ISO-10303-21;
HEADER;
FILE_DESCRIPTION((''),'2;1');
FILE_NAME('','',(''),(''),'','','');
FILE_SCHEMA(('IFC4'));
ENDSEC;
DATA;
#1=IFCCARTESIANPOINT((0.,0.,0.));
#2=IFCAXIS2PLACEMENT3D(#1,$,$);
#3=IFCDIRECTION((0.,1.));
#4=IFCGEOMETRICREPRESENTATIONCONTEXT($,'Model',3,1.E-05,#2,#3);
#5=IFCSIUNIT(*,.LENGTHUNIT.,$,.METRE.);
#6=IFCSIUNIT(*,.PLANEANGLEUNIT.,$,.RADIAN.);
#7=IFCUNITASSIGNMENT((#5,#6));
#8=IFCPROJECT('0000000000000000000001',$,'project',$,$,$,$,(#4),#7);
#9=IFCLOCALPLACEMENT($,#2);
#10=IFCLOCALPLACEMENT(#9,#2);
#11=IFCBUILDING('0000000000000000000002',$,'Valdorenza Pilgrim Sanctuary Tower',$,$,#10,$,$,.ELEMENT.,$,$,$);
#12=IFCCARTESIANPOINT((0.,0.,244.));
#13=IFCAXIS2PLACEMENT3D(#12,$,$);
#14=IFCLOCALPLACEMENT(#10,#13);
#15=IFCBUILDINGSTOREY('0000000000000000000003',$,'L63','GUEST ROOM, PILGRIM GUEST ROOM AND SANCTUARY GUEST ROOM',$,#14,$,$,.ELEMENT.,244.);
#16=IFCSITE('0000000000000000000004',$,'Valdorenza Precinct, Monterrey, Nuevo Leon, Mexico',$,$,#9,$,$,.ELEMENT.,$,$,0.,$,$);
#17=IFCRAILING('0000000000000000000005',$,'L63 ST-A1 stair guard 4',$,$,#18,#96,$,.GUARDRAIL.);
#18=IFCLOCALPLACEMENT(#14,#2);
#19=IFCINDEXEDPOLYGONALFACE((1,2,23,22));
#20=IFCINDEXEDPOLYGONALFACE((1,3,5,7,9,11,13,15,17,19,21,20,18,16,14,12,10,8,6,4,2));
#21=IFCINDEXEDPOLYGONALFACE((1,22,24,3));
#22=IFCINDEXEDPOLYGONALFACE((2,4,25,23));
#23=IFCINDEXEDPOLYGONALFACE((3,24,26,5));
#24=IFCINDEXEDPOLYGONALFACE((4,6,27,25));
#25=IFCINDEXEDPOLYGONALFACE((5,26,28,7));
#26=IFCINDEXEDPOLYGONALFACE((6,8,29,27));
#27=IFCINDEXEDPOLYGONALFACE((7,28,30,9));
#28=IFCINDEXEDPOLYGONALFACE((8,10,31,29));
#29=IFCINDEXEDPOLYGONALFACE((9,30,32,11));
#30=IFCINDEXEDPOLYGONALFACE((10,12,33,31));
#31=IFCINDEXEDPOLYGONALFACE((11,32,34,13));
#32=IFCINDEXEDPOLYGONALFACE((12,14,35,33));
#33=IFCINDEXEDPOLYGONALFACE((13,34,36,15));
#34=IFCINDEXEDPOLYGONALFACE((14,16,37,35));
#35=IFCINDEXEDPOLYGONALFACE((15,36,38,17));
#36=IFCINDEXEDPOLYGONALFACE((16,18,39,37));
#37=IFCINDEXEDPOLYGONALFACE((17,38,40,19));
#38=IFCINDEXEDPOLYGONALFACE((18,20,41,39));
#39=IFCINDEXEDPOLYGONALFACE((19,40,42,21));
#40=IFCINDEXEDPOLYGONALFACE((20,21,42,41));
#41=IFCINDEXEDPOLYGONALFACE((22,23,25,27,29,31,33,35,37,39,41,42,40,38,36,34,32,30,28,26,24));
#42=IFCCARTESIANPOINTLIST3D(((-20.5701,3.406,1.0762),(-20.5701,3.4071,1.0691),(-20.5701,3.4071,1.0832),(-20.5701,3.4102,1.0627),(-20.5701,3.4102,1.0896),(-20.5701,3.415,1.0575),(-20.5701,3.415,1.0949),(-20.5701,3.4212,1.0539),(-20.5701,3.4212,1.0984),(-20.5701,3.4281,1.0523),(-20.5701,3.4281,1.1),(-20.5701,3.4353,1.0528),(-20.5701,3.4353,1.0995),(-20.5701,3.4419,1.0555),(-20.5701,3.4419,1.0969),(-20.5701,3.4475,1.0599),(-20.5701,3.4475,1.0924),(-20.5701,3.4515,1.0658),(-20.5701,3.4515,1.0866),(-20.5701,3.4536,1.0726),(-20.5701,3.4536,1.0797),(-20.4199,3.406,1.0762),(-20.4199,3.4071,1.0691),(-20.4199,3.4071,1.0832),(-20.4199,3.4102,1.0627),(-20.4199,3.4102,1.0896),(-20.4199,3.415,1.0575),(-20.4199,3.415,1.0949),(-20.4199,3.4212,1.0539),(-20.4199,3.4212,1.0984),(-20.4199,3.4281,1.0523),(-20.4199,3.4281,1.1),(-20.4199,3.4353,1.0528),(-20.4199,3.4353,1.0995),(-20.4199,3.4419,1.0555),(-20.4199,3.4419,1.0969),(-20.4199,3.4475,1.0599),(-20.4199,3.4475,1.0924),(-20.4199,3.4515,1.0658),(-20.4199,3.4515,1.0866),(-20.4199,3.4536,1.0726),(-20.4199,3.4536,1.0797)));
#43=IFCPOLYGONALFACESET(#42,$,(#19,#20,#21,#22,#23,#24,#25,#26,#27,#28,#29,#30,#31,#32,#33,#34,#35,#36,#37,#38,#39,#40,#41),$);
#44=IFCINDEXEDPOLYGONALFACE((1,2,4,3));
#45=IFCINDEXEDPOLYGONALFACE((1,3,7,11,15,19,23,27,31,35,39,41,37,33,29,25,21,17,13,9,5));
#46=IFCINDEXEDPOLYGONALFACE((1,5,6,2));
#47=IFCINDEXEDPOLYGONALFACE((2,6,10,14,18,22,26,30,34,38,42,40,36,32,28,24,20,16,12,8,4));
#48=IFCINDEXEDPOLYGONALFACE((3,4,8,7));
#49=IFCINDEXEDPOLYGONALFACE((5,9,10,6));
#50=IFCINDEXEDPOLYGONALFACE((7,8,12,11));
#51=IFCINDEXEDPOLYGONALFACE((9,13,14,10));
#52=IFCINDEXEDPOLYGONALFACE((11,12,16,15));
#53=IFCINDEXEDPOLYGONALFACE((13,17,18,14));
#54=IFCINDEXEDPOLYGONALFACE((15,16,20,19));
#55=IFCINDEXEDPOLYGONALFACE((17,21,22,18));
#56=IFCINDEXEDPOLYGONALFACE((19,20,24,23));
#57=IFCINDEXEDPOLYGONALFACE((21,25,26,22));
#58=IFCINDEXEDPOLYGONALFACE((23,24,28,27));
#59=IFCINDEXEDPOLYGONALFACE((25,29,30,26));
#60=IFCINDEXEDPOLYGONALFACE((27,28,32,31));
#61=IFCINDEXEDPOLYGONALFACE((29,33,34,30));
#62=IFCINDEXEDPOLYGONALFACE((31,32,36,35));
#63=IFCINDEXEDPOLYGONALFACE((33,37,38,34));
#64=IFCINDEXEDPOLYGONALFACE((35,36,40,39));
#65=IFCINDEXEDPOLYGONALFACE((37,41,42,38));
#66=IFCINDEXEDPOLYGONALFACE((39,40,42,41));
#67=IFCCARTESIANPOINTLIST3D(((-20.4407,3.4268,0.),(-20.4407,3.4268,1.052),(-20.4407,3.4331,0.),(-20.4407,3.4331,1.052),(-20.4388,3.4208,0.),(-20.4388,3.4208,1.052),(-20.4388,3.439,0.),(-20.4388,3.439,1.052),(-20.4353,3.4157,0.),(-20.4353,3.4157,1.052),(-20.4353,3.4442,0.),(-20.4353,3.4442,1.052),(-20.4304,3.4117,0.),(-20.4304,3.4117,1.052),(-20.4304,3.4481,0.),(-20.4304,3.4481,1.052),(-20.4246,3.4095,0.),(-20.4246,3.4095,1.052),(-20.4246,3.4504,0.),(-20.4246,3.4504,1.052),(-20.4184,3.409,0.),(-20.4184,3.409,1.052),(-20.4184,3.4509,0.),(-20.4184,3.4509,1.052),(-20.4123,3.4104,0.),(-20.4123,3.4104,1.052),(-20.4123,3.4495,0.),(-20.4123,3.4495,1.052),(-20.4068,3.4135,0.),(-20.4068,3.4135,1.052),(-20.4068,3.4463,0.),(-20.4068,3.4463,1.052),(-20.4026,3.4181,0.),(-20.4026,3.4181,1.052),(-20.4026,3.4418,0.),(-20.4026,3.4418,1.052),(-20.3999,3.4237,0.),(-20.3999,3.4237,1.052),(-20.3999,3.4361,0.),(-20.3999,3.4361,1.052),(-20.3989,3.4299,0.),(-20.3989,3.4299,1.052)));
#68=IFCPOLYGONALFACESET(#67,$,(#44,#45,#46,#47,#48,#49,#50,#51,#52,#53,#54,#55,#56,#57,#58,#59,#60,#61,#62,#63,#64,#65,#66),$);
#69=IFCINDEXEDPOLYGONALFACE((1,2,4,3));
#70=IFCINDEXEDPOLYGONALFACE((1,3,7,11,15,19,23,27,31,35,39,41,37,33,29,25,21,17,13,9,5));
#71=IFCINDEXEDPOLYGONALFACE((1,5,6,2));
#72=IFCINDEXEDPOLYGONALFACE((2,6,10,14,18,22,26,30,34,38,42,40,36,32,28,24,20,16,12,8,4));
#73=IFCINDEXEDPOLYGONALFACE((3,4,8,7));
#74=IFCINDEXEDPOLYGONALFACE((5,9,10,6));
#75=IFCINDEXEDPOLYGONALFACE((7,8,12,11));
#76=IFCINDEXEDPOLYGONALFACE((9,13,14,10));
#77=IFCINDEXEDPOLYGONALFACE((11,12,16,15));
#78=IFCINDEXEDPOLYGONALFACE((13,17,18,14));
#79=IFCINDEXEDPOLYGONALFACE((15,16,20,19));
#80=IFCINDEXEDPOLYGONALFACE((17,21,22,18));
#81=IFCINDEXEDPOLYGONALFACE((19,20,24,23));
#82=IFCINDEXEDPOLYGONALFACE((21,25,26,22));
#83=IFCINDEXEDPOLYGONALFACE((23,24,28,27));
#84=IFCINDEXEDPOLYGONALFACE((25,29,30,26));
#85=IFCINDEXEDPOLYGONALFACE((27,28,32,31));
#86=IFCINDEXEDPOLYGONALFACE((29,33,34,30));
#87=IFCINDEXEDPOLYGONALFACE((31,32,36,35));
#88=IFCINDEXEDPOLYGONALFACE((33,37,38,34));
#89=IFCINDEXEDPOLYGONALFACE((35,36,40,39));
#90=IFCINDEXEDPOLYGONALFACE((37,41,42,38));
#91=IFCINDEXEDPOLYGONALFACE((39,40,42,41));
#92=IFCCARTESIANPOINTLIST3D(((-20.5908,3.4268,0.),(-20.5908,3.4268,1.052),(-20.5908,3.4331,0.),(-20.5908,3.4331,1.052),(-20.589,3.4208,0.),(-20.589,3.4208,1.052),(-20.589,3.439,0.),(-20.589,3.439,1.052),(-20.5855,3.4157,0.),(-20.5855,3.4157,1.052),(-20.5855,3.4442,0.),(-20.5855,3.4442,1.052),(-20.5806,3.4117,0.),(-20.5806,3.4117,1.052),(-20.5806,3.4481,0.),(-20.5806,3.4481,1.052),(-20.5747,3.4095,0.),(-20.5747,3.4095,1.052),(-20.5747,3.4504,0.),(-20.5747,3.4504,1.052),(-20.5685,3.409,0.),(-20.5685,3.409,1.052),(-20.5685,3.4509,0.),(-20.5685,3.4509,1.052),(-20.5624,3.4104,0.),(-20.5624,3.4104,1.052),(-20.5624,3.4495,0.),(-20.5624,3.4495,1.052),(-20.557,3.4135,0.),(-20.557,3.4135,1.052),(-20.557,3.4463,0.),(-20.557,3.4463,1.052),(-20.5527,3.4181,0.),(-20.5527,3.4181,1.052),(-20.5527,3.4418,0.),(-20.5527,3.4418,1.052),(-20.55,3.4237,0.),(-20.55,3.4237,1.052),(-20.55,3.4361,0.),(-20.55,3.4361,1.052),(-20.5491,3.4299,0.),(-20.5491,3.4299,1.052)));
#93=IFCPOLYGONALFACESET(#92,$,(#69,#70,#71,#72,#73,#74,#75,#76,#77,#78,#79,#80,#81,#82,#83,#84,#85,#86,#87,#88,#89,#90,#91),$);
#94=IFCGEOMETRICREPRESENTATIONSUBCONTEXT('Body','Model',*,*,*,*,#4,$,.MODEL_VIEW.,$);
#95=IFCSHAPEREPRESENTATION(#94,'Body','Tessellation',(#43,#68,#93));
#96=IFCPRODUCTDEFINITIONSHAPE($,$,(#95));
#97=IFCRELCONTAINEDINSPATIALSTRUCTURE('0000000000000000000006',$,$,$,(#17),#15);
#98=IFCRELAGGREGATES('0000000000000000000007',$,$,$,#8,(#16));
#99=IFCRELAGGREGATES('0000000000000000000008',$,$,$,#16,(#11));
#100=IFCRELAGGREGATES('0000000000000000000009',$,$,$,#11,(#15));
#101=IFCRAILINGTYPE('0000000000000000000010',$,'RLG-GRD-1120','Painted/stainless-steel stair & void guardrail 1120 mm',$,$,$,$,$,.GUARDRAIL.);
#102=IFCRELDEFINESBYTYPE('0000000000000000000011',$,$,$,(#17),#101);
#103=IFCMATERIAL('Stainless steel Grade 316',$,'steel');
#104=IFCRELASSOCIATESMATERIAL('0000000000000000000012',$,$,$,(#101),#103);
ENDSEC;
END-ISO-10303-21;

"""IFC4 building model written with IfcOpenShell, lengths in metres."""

from ifc_helpers import new_model, si_unit, direction, frame, origin, origin_2d, place, context, subcontext, project, spatial, circle, extrude, material, type_object, element, save


model = new_model("IFC4")

# Units and contexts
model_context = context("Model", 3, precision=1e-05, world=origin(), true_north=direction((0.0, 1.0)))
body_context = subcontext(model_context, "Body", "Model", "MODEL_VIEW")
ifc_project = project(units=[si_unit("LENGTHUNIT", "METRE"), si_unit("PLANEANGLEUNIT", "RADIAN")], contexts=[model_context])

# Site, building, storey
site_placement = place(None, origin())
site = spatial("IfcSite", under=ifc_project, at=site_placement, Name="Valdorenza Precinct, Monterrey, Nuevo Leon, Mexico", CompositionType="ELEMENT", RefElevation=0.0)
building_placement = place(site_placement, origin())
building = spatial("IfcBuilding", under=site, at=building_placement, Name="Valdorenza Pilgrim Sanctuary Tower", CompositionType="ELEMENT")
storey_placement = place(building_placement, frame((0.0, 0.0, 244.0)))
storey = spatial("IfcBuildingStorey", under=building, at=storey_placement, Name="L63", Description="GUEST ROOM, PILGRIM GUEST ROOM AND SANCTUARY GUEST ROOM", CompositionType="ELEMENT", Elevation=244.0)

# Railing
ifc_material_1 = material(Name="Stainless steel Grade 316", Category="steel")
railing_type_1 = type_object("IfcRailingType", Name="RLG-GRD-1120", Description="Painted/stainless-steel stair & void guardrail 1120 mm", PredefinedType="GUARDRAIL", material=ifc_material_1)
railing_1_placement = place(storey_placement, frame((-20.4199, 3.4299, 0.0)))
element("IfcRailing", 1, at=railing_1_placement, inside=storey, type_object=railing_type_1, Name="L63 ST-A1 stair guard 4", PredefinedType="GUARDRAIL", context=body_context, shape_type="SweptSolid", body=[
    extrude(circle(Radius=0.0239, at=origin_2d()), frame((0.0, 0.0, 1.0762), z_axis=(-1.0, 0.0, 0.0), x_axis=(0.0, -1.0, 0.0)), (0.0, 0.0, 1.0), 0.1501),
    extrude(circle(Radius=0.021, at=origin_2d()), origin(), (0.0, 0.0, 1.0), 1.052),
    extrude(circle(Radius=0.021, at=origin_2d()), frame((-0.1501, 0.0, 0.0)), (0.0, 0.0, 1.0), 1.052),
])

save(model, "model.ifc")
